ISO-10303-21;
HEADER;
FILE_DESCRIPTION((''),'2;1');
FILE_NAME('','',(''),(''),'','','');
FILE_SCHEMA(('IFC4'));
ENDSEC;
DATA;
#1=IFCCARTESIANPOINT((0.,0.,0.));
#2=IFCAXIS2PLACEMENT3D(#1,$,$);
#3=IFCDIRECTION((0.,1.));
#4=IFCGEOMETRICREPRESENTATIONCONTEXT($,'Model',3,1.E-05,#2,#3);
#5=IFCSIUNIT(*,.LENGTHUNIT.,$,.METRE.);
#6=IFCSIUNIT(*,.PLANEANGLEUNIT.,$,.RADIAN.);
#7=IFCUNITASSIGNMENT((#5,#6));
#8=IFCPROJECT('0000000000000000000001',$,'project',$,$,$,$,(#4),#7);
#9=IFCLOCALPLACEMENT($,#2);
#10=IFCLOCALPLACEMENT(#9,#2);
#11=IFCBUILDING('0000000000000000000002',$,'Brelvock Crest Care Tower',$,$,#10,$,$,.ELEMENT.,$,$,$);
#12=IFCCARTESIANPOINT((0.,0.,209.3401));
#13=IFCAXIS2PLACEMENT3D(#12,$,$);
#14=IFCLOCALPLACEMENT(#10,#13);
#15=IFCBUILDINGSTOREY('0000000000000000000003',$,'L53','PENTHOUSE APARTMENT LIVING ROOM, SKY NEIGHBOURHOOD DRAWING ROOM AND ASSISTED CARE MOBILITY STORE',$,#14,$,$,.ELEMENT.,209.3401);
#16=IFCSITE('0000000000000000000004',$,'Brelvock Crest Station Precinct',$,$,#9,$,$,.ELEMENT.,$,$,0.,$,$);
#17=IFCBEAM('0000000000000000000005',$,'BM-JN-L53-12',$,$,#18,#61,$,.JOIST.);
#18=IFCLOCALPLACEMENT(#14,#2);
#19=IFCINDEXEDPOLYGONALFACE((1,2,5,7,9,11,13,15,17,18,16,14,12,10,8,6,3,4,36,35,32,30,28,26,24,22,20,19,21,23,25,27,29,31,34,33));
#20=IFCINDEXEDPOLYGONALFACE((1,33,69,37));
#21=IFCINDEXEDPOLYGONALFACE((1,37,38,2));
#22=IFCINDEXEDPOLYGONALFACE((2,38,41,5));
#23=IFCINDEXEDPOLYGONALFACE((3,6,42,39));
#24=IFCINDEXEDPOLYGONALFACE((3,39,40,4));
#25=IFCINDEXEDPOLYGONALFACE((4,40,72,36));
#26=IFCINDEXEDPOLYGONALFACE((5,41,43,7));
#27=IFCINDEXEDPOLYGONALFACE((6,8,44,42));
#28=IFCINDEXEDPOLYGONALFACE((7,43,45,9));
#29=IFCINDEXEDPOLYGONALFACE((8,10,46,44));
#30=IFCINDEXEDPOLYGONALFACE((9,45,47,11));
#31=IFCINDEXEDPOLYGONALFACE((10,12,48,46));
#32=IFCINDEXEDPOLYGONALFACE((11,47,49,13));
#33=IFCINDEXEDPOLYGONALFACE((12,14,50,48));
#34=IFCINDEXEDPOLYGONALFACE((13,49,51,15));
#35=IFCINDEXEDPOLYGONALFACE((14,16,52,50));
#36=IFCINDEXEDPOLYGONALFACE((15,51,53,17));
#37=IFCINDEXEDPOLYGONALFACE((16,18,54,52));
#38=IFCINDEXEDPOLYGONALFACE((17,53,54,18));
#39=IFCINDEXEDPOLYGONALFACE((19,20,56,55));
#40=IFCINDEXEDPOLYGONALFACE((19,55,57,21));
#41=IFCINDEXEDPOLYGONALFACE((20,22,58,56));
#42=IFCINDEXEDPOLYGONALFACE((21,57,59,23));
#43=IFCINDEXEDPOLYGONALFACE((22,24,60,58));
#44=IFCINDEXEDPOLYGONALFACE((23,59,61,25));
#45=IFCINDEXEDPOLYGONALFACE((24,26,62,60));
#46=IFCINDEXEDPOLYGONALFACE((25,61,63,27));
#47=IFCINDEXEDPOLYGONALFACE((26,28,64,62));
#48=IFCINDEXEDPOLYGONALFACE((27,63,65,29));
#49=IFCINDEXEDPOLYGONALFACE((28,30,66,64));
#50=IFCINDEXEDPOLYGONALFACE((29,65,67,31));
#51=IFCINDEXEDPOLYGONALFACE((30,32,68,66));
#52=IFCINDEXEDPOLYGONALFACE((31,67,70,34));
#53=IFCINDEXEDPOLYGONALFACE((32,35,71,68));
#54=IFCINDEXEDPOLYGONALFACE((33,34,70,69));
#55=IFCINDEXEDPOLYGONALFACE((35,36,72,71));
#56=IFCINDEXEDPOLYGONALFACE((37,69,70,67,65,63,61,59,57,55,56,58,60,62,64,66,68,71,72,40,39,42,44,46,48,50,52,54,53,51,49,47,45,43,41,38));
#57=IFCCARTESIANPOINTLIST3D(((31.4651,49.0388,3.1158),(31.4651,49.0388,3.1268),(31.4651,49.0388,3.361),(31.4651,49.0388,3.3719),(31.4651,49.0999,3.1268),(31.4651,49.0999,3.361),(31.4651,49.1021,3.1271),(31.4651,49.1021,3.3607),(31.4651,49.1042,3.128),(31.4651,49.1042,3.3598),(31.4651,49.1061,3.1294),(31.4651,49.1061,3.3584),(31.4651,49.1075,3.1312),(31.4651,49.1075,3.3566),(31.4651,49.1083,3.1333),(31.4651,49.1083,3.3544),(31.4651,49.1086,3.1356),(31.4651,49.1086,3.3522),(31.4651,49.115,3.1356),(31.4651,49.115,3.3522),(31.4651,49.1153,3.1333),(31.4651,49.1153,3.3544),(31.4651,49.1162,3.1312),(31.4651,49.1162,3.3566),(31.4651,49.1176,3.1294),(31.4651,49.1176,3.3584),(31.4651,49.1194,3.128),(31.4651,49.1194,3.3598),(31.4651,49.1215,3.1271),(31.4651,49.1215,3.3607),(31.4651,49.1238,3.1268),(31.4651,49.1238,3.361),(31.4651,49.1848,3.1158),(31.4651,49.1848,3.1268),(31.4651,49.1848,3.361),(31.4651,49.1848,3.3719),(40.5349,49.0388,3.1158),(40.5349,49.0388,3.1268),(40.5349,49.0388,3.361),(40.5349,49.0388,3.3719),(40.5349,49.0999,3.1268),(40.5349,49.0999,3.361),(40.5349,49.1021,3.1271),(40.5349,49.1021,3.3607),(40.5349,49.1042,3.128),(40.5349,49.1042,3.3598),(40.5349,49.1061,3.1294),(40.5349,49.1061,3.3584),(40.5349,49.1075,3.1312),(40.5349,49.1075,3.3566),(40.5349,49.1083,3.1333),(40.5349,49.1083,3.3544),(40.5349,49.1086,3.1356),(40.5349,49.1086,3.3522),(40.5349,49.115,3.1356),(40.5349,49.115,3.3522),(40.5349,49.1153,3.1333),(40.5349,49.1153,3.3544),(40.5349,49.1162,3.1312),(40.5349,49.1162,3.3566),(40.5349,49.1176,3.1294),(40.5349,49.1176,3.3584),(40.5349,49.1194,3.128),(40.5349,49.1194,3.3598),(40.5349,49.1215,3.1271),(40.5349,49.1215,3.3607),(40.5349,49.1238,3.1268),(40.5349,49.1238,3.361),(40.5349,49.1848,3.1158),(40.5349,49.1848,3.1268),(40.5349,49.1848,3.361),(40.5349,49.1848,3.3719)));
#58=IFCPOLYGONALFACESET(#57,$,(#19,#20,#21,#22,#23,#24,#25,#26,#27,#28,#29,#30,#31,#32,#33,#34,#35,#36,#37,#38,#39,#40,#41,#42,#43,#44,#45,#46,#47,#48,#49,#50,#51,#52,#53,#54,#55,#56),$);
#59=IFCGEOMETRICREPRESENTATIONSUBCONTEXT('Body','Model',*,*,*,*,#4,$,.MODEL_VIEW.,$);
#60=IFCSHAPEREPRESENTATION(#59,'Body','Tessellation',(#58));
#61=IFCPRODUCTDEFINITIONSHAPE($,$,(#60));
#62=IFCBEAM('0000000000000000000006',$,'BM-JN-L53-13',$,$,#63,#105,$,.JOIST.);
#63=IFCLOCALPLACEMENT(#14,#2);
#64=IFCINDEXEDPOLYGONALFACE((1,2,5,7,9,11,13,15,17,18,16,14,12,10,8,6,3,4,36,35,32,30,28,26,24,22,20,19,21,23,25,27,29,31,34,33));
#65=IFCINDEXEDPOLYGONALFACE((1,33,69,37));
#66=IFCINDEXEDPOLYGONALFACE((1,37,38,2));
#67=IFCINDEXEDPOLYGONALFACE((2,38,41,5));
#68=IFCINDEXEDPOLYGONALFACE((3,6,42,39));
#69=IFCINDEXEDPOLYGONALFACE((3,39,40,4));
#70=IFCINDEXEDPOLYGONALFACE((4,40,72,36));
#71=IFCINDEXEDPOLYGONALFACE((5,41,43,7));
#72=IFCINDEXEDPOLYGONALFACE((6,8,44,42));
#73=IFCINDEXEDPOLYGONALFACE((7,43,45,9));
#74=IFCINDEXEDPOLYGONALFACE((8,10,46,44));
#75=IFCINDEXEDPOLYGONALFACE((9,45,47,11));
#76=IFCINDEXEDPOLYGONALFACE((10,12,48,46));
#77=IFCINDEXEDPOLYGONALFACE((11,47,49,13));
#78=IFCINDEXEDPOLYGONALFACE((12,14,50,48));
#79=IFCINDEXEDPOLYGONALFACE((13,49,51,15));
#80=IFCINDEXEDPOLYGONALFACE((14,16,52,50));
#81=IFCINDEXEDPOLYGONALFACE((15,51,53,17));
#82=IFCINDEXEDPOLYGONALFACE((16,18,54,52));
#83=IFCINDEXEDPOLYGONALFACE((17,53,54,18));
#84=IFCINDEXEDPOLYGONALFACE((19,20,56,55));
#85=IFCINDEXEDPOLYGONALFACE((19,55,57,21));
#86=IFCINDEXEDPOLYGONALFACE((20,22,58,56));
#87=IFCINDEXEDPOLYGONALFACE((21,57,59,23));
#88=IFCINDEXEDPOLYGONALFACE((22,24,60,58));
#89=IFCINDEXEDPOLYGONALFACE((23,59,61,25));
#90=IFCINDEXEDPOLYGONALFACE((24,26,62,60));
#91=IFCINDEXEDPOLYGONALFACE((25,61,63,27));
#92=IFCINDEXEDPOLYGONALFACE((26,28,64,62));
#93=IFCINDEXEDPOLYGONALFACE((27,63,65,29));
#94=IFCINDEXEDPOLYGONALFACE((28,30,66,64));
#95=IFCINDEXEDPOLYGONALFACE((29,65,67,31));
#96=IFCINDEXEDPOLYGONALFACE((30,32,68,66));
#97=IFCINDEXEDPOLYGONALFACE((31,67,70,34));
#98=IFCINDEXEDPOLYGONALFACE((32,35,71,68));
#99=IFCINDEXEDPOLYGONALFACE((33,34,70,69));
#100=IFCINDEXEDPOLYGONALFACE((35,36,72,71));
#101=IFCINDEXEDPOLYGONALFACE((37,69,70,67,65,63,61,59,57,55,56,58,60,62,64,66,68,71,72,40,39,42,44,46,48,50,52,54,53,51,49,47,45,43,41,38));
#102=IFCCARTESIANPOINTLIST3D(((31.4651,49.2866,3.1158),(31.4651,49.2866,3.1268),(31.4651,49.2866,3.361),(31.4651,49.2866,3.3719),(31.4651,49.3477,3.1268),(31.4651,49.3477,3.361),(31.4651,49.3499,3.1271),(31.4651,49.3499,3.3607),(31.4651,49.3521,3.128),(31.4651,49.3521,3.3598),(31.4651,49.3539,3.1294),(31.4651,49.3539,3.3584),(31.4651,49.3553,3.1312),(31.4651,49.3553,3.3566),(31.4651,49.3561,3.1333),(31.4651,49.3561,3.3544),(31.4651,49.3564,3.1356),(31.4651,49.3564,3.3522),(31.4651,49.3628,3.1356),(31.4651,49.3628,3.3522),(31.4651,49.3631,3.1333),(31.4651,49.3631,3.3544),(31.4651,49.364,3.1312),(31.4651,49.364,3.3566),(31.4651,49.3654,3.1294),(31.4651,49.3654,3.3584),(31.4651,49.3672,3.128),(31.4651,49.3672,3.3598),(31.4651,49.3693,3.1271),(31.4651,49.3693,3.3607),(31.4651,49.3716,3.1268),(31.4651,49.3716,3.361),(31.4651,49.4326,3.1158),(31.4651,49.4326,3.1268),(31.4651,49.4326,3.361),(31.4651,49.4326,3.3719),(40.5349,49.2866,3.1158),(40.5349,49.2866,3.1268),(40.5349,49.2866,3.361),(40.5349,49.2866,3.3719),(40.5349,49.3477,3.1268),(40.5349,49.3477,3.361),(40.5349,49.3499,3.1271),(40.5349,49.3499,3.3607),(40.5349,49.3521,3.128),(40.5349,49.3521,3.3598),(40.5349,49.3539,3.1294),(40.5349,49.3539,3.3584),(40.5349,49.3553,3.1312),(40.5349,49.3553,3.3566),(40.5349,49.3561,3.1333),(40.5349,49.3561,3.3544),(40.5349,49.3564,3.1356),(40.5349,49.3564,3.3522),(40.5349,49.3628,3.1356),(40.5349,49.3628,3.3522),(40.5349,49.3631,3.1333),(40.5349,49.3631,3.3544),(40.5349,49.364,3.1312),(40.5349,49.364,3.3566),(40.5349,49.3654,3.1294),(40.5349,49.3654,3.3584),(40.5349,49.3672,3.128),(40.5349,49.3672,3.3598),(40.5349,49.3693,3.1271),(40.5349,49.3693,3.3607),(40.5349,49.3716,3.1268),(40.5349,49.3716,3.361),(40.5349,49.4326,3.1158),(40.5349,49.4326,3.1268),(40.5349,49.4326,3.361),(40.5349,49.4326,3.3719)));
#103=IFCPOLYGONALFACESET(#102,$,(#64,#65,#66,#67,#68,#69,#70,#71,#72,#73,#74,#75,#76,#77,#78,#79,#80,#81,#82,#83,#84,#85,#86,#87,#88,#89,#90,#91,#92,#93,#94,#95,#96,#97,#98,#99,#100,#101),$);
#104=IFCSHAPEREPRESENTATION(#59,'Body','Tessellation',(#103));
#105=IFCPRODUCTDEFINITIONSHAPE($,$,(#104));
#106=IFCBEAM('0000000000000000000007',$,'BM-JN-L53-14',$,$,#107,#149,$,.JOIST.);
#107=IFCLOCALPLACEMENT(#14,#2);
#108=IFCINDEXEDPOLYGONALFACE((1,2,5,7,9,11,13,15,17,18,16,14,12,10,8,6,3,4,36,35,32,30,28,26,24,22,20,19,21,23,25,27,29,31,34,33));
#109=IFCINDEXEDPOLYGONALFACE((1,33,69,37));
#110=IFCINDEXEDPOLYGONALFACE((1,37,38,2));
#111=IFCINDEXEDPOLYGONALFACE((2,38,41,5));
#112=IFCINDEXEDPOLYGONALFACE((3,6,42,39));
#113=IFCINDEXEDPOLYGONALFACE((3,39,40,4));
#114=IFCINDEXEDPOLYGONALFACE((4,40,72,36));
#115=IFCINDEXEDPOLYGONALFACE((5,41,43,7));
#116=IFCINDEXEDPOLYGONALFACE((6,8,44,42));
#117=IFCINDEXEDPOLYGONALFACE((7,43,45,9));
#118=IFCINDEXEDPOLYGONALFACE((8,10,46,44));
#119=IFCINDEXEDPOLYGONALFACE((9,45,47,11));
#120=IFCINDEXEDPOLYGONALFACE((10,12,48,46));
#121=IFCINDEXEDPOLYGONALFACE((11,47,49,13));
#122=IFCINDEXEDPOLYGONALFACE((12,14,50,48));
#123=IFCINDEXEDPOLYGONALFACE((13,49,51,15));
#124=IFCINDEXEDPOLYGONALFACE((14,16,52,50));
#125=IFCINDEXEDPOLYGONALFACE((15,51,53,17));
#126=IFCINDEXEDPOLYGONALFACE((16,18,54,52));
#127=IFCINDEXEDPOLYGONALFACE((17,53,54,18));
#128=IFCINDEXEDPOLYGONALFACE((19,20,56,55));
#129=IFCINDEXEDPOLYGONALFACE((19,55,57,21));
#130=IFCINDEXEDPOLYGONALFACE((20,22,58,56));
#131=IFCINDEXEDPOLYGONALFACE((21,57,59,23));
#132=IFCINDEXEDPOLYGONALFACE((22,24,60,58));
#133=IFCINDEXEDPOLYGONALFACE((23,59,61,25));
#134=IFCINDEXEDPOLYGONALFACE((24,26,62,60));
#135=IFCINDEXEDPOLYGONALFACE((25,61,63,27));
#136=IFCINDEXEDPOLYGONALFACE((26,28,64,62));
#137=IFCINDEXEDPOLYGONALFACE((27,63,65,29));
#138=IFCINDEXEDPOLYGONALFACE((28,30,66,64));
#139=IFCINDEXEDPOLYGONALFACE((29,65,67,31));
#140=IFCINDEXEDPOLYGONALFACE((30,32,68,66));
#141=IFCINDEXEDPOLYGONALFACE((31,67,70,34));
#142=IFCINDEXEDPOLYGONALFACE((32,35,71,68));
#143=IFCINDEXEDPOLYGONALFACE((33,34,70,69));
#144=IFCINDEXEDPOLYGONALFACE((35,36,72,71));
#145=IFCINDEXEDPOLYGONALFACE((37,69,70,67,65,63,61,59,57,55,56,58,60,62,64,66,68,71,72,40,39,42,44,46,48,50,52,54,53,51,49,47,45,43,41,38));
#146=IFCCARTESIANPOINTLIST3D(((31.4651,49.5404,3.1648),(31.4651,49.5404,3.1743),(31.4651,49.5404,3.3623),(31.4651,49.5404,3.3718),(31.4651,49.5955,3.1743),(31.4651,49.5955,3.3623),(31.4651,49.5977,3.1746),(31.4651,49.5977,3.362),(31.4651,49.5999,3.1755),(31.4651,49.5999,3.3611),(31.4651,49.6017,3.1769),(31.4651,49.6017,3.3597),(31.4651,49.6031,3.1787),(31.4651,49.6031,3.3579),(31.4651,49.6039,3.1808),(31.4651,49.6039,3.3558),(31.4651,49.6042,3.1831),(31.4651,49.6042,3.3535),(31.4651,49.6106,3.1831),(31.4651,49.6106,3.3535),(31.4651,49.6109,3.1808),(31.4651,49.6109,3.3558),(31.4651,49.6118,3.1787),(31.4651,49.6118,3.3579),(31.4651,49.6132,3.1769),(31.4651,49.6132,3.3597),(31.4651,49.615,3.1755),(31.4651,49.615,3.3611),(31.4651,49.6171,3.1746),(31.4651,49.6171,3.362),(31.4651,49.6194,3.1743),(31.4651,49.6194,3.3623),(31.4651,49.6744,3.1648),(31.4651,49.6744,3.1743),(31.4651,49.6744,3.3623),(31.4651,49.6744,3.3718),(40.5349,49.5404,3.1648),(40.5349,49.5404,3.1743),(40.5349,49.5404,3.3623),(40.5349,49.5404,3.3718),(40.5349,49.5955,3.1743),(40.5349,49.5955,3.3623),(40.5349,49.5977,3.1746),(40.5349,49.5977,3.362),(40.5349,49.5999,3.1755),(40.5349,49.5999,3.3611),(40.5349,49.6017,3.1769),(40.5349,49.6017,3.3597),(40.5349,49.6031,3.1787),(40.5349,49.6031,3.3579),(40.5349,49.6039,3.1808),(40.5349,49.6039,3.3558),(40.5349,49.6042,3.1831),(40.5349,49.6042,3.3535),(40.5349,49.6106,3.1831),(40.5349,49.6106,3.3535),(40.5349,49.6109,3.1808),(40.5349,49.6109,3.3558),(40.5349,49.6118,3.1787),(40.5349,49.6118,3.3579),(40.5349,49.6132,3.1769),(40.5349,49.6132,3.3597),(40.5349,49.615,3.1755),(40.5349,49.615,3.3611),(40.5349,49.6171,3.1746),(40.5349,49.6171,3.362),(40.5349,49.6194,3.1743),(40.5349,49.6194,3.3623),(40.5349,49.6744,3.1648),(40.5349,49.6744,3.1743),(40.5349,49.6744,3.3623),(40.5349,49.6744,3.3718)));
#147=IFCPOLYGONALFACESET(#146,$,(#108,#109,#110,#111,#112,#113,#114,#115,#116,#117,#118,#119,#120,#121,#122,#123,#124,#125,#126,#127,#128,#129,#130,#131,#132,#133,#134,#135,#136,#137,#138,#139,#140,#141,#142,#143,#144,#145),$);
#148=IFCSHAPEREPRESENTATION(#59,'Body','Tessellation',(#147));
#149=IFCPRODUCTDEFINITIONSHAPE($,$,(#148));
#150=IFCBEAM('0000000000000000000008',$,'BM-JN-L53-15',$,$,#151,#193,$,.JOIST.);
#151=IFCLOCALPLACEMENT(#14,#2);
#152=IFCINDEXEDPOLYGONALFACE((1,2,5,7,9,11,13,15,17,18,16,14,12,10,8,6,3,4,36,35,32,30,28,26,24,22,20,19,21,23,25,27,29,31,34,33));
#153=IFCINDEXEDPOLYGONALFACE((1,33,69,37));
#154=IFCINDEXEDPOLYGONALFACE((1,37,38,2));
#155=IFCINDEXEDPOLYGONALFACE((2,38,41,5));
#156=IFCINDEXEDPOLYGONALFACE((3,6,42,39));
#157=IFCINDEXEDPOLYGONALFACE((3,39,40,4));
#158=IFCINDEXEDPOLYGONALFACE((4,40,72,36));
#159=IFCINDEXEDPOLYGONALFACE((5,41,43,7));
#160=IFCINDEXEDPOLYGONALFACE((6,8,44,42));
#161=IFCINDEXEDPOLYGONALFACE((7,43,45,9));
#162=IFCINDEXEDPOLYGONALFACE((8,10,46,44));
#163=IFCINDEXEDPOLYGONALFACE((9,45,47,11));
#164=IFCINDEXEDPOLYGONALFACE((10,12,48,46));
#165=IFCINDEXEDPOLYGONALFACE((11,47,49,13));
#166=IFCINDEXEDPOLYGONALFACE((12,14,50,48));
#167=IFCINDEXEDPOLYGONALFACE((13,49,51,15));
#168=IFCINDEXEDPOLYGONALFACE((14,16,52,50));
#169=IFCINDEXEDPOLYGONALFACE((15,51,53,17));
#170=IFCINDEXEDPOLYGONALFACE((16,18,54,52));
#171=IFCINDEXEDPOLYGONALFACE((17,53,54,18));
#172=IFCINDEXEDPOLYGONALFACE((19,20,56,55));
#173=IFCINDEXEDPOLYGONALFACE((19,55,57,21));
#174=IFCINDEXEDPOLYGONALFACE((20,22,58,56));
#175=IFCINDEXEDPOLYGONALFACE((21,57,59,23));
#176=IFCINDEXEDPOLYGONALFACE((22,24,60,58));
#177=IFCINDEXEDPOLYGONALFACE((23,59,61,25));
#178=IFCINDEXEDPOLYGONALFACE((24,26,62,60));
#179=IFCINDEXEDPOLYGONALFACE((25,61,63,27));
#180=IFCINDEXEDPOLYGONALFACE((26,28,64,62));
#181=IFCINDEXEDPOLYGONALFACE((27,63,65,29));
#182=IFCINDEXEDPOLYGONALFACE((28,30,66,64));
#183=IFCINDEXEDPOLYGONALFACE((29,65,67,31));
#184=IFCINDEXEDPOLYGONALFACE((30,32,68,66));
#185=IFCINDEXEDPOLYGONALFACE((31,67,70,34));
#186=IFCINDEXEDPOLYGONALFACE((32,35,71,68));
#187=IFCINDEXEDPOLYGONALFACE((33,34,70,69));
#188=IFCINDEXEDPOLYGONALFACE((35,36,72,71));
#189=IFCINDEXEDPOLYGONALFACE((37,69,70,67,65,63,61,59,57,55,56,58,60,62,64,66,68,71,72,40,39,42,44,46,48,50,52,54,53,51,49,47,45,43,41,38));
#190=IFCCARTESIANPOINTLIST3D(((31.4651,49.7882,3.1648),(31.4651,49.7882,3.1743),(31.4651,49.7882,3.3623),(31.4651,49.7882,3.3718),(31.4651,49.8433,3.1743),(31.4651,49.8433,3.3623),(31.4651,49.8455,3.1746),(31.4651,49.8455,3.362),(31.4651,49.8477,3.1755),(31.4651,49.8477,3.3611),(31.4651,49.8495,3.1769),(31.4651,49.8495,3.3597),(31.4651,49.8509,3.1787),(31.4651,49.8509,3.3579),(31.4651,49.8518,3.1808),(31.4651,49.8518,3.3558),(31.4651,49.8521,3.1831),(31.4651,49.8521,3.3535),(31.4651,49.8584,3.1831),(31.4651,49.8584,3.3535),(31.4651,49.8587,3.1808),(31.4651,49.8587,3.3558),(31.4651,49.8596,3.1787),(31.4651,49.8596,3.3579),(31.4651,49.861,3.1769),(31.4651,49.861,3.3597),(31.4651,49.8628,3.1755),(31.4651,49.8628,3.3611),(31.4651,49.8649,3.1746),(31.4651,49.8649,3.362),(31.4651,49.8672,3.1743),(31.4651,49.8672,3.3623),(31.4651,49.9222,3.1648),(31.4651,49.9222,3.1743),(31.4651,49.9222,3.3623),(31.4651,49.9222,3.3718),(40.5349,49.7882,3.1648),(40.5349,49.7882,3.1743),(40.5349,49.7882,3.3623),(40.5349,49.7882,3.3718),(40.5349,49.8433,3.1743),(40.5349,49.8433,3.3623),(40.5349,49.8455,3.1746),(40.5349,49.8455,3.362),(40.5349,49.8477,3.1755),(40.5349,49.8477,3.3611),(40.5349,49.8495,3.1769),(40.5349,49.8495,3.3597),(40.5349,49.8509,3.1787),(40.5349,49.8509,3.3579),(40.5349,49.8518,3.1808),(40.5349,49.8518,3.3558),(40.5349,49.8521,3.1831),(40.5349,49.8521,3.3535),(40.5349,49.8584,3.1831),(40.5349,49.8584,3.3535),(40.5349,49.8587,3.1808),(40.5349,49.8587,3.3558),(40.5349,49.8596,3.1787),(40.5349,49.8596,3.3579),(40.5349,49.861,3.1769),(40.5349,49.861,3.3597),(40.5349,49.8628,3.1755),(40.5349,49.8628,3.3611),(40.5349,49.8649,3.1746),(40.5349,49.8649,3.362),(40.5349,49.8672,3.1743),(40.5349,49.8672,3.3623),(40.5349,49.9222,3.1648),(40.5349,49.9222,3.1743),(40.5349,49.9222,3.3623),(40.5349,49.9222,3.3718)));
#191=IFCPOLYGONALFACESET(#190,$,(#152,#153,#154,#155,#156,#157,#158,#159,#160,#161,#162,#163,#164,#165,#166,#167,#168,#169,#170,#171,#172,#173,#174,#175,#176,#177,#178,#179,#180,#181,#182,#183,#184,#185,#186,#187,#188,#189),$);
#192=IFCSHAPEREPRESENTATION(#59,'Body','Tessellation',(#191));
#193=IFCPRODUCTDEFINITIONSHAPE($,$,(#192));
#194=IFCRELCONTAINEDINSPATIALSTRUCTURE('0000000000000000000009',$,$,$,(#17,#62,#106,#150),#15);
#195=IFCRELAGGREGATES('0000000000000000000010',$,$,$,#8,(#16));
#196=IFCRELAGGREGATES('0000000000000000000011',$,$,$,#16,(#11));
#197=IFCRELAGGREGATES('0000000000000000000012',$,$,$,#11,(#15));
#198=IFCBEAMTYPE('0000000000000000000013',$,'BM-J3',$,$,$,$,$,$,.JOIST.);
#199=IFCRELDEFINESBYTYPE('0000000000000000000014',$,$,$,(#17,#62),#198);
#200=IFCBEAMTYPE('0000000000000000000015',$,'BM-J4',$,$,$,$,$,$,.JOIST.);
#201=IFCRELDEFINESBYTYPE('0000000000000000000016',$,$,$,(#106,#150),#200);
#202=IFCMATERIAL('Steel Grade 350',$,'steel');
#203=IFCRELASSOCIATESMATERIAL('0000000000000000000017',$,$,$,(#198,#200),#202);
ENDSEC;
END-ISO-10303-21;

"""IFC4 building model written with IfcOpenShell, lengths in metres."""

from ifc_helpers import new_model, si_unit, direction, frame, origin, origin_2d, place, context, subcontext, project, spatial, i_section, extrude, source, transform, mapped, material, material_profile, profile_set, type_object, element, save


model = new_model("IFC4")

# Units and contexts
model_context = context("Model", 3, precision=1e-05, world=origin(), true_north=direction((0.0, 1.0)))
body_context = subcontext(model_context, "Body", "Model", "MODEL_VIEW")
ifc_project = project(units=[si_unit("LENGTHUNIT", "METRE"), si_unit("PLANEANGLEUNIT", "RADIAN")], contexts=[model_context])

# Site, building, storey
site_placement = place(None, origin())
site = spatial("IfcSite", under=ifc_project, at=site_placement, Name="Brelvock Crest Station Precinct", CompositionType="ELEMENT", RefElevation=0.0)
building_placement = place(site_placement, origin())
building = spatial("IfcBuilding", under=site, at=building_placement, Name="Brelvock Crest Care Tower", CompositionType="ELEMENT")
storey_placement = place(building_placement, frame((0.0, 0.0, 209.3401)))
storey = spatial("IfcBuildingStorey", under=building, at=storey_placement, Name="L53", Description="PENTHOUSE APARTMENT LIVING ROOM, SKY NEIGHBOURHOOD DRAWING ROOM AND ASSISTED CARE MOBILITY STORE", CompositionType="ELEMENT", Elevation=209.3401)

# Shared definitions
ifc_material_1 = material(Name="Steel Grade 350", Category="steel")

# Beams
ifc_material_profile_1 = material_profile(ifc_material_1, i_section(OverallWidth=0.146, OverallDepth=0.2561, WebThickness=0.0063, FlangeThickness=0.011, FilletRadius=0.0088, at=origin_2d()), Name="250UB37.3")
ifc_profile_set_1 = profile_set([ifc_material_profile_1], Name="Steel Grade 350")
beam_type_1 = type_object("IfcBeamType", Name="BM-J3", PredefinedType="JOIST", material=ifc_profile_set_1)
shared_shape_1 = source(origin(), body_context, "Body", "SweptSolid", [
    extrude(i_section(OverallWidth=0.146, OverallDepth=0.2561, WebThickness=0.0063, FlangeThickness=0.011, FilletRadius=0.0088, at=origin_2d()), origin(), (0.0, 0.0, 1.0), 9.0698),
])
for number, where, z_axis, x_axis, name in (
    (1, (31.4651, 49.1118, 3.2439), (1.0, 0.0, 0.0), (0.0, 1.0, 0.0), "BM-JN-L53-12"),
    (2, (31.4651, 49.3596, 3.2439), (1.0, 0.0, 0.0), (0.0, 1.0, 0.0), "BM-JN-L53-13"),
):
    element("IfcBeam", number, at=place(storey_placement, frame(where, z_axis=z_axis, x_axis=x_axis)), inside=storey, type_object=beam_type_1, Name=name, PredefinedType="JOIST", context=body_context, shape_type="MappedRepresentation", body=[
        mapped(shared_shape_1, transform((0.0, 0.0, 0.0), x_axis=(1.0, 0.0, 0.0), y_axis=(0.0, 1.0, 0.0), z_axis=(0.0, 0.0, 1.0), scale=1.0)),
    ])
ifc_material_profile_2 = material_profile(ifc_material_1, i_section(OverallWidth=0.134, OverallDepth=0.207, WebThickness=0.0063, FlangeThickness=0.0095, FilletRadius=0.0088, at=origin_2d()), Name="200UB29.8")
ifc_profile_set_2 = profile_set([ifc_material_profile_2], Name="Steel Grade 350")
beam_type_2 = type_object("IfcBeamType", Name="BM-J4", PredefinedType="JOIST", material=ifc_profile_set_2)
shared_shape_2 = source(origin(), body_context, "Body", "SweptSolid", [
    extrude(i_section(OverallWidth=0.134, OverallDepth=0.207, WebThickness=0.0063, FlangeThickness=0.0095, FilletRadius=0.0088, at=origin_2d()), origin(), (0.0, 0.0, 1.0), 9.0698),
])
for number, where, z_axis, x_axis, name in (
    (3, (31.4651, 49.6074, 3.2683), (1.0, 0.0, 0.0), (0.0, 1.0, 0.0), "BM-JN-L53-14"),
    (4, (31.4651, 49.8552, 3.2683), (1.0, 0.0, 0.0), (0.0, 1.0, 0.0), "BM-JN-L53-15"),
):
    element("IfcBeam", number, at=place(storey_placement, frame(where, z_axis=z_axis, x_axis=x_axis)), inside=storey, type_object=beam_type_2, Name=name, PredefinedType="JOIST", context=body_context, shape_type="MappedRepresentation", body=[
        mapped(shared_shape_2, transform((0.0, 0.0, 0.0), x_axis=(1.0, 0.0, 0.0), y_axis=(0.0, 1.0, 0.0), z_axis=(0.0, 0.0, 1.0), scale=1.0)),
    ])

save(model, "model.ifc")
